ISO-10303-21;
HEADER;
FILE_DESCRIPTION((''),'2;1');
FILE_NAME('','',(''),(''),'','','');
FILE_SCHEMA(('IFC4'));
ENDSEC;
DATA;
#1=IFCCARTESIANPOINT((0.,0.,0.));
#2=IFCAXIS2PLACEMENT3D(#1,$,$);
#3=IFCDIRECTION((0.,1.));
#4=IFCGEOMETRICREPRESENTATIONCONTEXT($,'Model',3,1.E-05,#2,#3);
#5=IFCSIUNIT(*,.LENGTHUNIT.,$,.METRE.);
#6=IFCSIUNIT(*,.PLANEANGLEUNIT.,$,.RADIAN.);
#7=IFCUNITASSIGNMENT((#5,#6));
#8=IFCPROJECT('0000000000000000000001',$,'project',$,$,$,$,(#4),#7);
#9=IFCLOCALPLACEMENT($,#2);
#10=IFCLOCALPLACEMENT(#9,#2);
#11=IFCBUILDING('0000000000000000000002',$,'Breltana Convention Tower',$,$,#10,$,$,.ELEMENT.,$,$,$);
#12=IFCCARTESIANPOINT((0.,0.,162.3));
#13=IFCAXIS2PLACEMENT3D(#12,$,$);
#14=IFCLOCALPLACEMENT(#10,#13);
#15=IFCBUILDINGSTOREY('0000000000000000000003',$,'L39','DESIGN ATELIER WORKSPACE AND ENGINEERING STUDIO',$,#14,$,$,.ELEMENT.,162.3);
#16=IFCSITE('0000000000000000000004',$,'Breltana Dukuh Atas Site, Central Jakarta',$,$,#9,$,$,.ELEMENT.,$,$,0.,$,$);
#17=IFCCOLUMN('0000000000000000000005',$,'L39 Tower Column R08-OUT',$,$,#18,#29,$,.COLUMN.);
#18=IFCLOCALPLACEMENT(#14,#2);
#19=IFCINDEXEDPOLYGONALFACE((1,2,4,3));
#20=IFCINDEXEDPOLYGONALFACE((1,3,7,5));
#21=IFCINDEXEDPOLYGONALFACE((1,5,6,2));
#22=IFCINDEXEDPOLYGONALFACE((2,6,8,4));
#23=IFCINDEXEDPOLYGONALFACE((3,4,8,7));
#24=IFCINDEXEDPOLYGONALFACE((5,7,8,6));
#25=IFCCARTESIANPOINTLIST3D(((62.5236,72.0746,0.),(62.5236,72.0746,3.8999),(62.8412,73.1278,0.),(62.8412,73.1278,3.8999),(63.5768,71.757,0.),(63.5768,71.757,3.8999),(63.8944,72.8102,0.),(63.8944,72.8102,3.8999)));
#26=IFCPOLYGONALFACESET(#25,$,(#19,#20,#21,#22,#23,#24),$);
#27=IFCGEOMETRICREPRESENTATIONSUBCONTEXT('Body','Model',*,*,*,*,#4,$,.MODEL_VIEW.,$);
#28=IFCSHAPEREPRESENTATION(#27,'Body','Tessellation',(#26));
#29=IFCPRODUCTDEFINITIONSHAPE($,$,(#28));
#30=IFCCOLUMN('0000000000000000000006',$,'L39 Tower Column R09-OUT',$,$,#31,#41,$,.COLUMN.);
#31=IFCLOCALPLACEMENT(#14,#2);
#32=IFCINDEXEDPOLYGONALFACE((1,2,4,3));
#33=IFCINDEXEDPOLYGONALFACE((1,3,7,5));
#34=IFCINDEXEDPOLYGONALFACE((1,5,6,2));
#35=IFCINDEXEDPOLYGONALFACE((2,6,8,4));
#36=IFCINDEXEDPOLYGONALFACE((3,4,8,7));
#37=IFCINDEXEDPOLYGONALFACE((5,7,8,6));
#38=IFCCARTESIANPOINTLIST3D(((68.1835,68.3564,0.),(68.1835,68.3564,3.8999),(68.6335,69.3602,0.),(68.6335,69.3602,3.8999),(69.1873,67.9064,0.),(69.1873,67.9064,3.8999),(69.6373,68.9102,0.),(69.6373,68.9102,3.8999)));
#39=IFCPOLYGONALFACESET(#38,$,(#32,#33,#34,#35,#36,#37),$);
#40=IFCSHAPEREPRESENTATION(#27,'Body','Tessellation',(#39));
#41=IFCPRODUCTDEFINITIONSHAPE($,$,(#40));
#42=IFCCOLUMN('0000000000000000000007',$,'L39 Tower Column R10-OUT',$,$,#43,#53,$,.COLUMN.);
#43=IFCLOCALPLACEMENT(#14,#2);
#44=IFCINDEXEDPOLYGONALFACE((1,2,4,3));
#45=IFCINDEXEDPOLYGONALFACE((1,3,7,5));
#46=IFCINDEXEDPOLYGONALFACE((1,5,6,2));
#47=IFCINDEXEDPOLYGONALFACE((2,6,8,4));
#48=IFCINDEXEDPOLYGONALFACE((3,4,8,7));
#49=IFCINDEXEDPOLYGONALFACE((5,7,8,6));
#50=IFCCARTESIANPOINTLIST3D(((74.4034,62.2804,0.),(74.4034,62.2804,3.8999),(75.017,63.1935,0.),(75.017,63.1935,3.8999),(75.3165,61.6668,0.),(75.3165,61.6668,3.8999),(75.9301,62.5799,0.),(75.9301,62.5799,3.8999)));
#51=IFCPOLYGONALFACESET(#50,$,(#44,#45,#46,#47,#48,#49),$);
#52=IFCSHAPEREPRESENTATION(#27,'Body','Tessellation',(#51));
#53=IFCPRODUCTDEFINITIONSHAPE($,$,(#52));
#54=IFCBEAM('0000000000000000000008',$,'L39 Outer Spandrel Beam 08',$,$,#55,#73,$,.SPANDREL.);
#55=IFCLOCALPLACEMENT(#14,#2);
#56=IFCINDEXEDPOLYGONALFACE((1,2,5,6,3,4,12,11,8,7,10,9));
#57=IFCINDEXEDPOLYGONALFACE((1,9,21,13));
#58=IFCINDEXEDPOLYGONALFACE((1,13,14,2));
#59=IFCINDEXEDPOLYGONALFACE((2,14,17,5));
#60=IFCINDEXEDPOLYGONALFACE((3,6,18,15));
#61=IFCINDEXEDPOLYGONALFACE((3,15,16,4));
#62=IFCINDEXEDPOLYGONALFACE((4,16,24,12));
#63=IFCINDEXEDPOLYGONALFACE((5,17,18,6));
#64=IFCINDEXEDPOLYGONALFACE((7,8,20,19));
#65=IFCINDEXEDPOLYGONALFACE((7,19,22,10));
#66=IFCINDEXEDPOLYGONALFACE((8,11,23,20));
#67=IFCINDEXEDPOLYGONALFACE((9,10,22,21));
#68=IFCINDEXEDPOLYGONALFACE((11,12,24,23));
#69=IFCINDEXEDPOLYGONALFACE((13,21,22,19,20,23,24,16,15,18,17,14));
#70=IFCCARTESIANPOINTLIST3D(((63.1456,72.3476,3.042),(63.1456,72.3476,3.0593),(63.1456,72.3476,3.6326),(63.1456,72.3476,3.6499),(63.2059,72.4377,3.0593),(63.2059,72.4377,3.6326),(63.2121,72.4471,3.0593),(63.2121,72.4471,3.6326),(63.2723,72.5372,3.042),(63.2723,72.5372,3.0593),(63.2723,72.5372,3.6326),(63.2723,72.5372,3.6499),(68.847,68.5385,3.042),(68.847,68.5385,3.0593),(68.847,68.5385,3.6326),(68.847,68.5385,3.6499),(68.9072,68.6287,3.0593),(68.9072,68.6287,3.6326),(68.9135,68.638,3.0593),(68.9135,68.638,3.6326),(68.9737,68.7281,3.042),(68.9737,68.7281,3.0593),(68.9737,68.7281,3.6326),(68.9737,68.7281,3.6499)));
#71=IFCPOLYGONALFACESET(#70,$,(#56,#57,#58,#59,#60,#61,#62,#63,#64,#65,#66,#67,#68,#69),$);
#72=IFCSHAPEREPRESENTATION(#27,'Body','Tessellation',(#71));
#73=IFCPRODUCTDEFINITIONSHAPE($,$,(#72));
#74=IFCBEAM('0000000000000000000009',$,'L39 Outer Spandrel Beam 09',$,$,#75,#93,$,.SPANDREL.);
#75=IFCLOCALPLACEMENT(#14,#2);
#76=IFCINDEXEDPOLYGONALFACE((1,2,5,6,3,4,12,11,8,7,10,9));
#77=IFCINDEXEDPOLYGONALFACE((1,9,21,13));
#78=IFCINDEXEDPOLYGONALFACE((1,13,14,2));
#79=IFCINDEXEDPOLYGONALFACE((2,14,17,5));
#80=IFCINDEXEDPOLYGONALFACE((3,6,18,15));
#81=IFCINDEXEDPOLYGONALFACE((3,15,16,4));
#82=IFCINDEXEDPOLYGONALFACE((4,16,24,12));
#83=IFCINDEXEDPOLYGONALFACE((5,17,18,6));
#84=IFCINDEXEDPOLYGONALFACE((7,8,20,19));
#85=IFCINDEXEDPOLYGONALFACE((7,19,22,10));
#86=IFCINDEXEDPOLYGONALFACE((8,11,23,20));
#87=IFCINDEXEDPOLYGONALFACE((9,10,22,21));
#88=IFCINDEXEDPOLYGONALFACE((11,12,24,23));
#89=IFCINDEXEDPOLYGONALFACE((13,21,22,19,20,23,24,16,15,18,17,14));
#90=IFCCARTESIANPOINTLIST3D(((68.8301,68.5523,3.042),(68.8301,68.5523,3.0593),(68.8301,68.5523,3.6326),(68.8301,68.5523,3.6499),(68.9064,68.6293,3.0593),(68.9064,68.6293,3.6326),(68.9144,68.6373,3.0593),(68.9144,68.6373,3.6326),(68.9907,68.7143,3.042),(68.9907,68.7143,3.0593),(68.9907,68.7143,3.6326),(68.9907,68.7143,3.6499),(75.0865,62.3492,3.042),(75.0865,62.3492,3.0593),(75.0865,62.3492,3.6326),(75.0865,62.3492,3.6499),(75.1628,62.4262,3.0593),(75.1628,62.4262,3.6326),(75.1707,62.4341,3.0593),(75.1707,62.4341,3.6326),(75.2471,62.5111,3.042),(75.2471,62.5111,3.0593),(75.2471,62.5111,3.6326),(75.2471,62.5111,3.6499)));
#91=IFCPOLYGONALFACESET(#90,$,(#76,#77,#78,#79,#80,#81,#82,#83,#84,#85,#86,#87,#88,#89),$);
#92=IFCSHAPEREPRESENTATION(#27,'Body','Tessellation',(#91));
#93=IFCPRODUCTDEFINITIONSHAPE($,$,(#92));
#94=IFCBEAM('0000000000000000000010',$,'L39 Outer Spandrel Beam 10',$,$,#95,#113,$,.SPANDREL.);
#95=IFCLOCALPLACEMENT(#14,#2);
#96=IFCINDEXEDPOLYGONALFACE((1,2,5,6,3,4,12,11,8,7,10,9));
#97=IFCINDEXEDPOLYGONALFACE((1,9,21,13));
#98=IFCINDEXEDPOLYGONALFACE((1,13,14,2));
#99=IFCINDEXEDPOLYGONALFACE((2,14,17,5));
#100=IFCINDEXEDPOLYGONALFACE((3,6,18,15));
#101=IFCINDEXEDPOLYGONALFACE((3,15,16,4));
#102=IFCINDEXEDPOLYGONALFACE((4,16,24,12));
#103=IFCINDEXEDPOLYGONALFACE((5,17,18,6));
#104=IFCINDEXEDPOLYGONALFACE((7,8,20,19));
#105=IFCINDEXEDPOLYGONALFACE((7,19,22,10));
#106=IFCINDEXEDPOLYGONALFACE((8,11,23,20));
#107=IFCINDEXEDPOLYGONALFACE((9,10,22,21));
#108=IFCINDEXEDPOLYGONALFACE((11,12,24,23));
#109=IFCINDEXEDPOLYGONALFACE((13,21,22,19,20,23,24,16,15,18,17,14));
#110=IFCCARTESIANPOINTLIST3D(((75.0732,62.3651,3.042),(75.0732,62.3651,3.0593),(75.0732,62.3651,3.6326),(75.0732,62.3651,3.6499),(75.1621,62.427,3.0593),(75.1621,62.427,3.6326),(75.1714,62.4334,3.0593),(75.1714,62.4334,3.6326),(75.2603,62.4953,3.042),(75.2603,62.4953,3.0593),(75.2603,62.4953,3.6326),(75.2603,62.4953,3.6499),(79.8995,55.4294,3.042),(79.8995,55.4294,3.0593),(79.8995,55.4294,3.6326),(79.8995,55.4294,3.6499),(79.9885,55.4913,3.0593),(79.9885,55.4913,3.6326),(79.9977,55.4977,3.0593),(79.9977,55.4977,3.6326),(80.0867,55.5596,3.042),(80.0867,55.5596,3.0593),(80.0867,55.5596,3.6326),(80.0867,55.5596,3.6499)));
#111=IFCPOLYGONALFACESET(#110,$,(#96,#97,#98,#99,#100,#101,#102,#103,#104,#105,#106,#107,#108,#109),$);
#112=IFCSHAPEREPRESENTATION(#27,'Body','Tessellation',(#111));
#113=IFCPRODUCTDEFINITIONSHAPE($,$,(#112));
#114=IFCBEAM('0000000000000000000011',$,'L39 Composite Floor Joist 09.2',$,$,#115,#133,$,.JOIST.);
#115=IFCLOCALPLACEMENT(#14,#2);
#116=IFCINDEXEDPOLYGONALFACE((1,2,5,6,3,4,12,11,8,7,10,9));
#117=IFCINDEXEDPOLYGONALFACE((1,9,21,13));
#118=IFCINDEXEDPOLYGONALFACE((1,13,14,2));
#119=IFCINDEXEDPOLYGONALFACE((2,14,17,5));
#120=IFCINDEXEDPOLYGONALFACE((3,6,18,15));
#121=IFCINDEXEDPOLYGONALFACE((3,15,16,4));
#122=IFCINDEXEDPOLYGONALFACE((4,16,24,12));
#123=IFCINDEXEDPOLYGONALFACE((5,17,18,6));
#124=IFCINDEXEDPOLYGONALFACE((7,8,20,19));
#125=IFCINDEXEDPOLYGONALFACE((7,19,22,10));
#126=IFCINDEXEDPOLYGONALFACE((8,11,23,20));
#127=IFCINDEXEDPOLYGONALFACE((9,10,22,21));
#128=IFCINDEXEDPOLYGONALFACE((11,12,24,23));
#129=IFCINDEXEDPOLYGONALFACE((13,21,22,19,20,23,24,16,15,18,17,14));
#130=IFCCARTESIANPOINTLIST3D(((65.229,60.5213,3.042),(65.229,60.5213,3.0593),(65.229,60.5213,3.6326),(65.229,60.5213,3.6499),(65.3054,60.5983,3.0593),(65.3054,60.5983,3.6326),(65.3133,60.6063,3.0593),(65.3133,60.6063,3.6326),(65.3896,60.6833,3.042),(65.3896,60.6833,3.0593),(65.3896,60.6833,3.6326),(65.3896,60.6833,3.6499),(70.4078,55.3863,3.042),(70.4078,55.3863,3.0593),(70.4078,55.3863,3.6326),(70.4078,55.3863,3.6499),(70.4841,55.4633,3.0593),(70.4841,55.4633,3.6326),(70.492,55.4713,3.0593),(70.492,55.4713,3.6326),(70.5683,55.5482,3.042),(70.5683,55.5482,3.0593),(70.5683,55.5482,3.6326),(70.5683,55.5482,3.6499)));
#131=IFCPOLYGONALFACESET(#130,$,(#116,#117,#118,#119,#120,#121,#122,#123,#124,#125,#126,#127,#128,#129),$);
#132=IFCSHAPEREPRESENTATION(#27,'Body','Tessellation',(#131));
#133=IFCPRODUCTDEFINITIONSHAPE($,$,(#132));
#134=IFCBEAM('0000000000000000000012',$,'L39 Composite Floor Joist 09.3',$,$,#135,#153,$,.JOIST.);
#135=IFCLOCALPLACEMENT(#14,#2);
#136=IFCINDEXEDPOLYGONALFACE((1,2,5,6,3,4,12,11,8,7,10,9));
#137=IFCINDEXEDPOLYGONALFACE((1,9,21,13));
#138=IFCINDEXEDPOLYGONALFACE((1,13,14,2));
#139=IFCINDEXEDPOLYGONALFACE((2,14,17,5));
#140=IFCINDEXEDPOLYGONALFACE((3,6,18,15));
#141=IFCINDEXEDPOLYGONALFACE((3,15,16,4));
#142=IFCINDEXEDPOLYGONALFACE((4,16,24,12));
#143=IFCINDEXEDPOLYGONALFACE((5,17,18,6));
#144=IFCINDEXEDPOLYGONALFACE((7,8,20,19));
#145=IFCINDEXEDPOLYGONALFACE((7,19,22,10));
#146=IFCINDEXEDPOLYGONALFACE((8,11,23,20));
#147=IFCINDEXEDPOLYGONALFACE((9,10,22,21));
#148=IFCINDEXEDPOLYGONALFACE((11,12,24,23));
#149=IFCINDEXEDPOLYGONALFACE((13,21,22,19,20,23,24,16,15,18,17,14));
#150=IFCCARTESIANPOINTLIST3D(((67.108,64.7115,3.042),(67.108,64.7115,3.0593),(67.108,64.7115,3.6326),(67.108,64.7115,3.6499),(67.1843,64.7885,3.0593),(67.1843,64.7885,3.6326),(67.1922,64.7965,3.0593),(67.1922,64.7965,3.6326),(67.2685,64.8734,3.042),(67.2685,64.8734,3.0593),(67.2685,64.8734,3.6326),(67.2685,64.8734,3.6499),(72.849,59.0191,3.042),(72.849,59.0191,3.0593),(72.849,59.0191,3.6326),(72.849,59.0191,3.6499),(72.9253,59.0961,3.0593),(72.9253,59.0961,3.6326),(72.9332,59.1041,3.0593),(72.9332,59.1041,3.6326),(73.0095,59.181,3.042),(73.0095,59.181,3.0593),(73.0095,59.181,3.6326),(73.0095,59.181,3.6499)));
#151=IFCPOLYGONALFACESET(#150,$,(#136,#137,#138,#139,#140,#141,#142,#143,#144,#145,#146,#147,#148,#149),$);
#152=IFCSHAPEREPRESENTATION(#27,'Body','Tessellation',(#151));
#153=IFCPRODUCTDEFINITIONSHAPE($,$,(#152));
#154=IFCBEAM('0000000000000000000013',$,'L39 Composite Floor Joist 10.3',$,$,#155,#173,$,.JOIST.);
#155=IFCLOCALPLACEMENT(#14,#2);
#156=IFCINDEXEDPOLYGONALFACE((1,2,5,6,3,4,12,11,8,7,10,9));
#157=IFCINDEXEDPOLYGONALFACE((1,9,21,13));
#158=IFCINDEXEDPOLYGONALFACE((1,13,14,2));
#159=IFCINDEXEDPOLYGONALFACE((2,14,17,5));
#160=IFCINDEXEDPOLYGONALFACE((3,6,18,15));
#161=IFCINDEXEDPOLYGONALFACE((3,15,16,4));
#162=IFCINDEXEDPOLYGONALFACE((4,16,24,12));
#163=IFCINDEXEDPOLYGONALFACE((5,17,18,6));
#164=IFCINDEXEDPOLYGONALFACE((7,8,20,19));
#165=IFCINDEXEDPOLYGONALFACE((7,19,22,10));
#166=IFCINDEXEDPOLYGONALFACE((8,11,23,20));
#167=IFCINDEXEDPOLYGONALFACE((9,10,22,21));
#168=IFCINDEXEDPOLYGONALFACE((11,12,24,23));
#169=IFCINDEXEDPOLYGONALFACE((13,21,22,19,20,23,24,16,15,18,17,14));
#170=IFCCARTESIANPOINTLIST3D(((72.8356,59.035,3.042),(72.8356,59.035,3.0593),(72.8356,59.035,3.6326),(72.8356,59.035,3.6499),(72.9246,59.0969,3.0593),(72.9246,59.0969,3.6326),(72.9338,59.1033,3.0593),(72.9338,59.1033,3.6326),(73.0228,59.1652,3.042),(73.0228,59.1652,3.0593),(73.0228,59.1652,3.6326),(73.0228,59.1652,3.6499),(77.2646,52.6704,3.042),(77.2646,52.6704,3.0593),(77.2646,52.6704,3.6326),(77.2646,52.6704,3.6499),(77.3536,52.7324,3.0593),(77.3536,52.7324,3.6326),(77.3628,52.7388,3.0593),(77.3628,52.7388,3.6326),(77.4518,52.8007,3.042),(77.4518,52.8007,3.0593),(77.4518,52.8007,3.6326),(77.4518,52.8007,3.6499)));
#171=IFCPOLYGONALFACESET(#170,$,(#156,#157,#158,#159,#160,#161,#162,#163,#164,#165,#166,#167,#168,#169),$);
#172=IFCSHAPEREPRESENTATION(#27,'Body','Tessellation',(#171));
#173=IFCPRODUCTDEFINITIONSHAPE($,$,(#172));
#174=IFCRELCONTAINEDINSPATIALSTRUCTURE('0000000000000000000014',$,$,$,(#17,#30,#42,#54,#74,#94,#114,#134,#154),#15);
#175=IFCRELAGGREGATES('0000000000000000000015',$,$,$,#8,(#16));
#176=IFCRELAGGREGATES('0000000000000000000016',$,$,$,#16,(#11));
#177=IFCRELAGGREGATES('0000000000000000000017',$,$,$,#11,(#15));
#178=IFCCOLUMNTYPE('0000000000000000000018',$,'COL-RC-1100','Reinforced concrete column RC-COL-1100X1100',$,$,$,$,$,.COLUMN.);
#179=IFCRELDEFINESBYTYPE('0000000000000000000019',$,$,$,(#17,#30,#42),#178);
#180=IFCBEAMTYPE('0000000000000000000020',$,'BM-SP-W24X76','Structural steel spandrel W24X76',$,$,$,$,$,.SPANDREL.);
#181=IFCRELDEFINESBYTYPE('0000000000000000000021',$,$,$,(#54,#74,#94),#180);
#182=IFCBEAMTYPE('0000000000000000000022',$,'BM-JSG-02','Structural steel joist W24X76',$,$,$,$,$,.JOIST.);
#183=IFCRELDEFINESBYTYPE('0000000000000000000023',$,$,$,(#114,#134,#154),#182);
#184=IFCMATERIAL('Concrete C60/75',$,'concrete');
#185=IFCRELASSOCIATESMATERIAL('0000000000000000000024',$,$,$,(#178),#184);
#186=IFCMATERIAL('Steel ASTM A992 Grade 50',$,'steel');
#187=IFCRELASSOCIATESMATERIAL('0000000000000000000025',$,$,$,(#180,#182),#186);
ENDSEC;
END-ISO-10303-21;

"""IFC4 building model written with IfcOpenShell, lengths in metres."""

from ifc_helpers import new_model, si_unit, direction, frame, origin, origin_2d, place, context, subcontext, project, spatial, rectangle, i_section, extrude, source, transform, mapped, material, material_profile, profile_set, type_object, element, save


model = new_model("IFC4")

# Units and contexts
model_context = context("Model", 3, precision=1e-05, world=origin(), true_north=direction((0.0, 1.0)))
body_context = subcontext(model_context, "Body", "Model", "MODEL_VIEW")
ifc_project = project(units=[si_unit("LENGTHUNIT", "METRE"), si_unit("PLANEANGLEUNIT", "RADIAN")], contexts=[model_context])

# Site, building, storey
site_placement = place(None, origin())
site = spatial("IfcSite", under=ifc_project, at=site_placement, Name="Breltana Dukuh Atas Site, Central Jakarta", CompositionType="ELEMENT", RefElevation=0.0)
building_placement = place(site_placement, origin())
building = spatial("IfcBuilding", under=site, at=building_placement, Name="Breltana Convention Tower", CompositionType="ELEMENT")
storey_placement = place(building_placement, frame((0.0, 0.0, 162.3)))
storey = spatial("IfcBuildingStorey", under=building, at=storey_placement, Name="L39", Description="DESIGN ATELIER WORKSPACE AND ENGINEERING STUDIO", CompositionType="ELEMENT", Elevation=162.3)

# Columns
ifc_material_1 = material(Name="Concrete C60/75", Category="concrete")
ifc_material_profile_1 = material_profile(ifc_material_1, rectangle(XDim=1.1001, YDim=1.1001, at=origin_2d()), Name="RC-COL-1100X1100")
ifc_profile_set_1 = profile_set([ifc_material_profile_1], Name="Concrete C60/75")
column_type = type_object("IfcColumnType", Name="COL-RC-1100", Description="Reinforced concrete column RC-COL-1100X1100", PredefinedType="COLUMN", material=ifc_profile_set_1)
shared_shape_1 = source(origin(), body_context, "Body", "SweptSolid", [
    extrude(rectangle(XDim=1.1001, YDim=1.1001, at=origin_2d()), origin(), (0.0, 0.0, 1.0), 3.8999),
])
for number, where, z_axis, x_axis, name in (
    (1, (63.209, 72.4424, 0.0), (0.0, 0.0, 1.0), (0.288698, 0.95742, 0.0), "L39 Tower Column R08-OUT"),
    (2, (68.9104, 68.6333, 0.0), (0.0, 0.0, 1.0), (0.409127, 0.912477, 0.0), "L39 Tower Column R09-OUT"),
    (3, (75.1667, 62.4302, 0.0), (0.0, 0.0, 1.0), (0.557745, 0.830012, 0.0), "L39 Tower Column R10-OUT"),
):
    element("IfcColumn", number, at=place(storey_placement, frame(where, z_axis=z_axis, x_axis=x_axis)), inside=storey, type_object=column_type, Name=name, PredefinedType="COLUMN", context=body_context, shape_type="MappedRepresentation", body=[
        mapped(shared_shape_1, transform((0.0, 0.0, 0.0), scale=1.0)),
    ])

# Beams
ifc_material_2 = material(Name="Steel ASTM A992 Grade 50", Category="steel")
ifc_material_profile_2 = material_profile(ifc_material_2, i_section(OverallWidth=0.228, OverallDepth=0.6079, WebThickness=0.0112, FlangeThickness=0.0173, at=origin_2d()), Name="W24X76")
ifc_profile_set_2 = profile_set([ifc_material_profile_2], Name="Steel ASTM A992 Grade 50")
beam_type_1 = type_object("IfcBeamType", Name="BM-SP-W24X76", Description="Structural steel spandrel W24X76", PredefinedType="SPANDREL", material=ifc_profile_set_2)
shared_shape_2 = source(origin(), body_context, "Body", "SweptSolid", [
    extrude(i_section(OverallWidth=0.228, OverallDepth=0.6079, WebThickness=0.0112, FlangeThickness=0.0173, at=origin_2d()), origin(), (0.0, 0.0, 1.0), 6.8567),
])
beam_1_placement = place(storey_placement, frame((63.209, 72.4424, 3.3459), z_axis=(0.831502, -0.555522, 0.0), x_axis=(0.555522, 0.831502, 0.0)))
element("IfcBeam", 4, at=beam_1_placement, inside=storey, type_object=beam_type_1, Name="L39 Outer Spandrel Beam 08", PredefinedType="SPANDREL", context=body_context, shape_type="MappedRepresentation", body=[
    mapped(shared_shape_2, transform((0.0, 0.0, 0.0), scale=1.0)),
])
shared_shape_3 = source(origin(), body_context, "Body", "SweptSolid", [
    extrude(i_section(OverallWidth=0.228, OverallDepth=0.6079, WebThickness=0.0112, FlangeThickness=0.0173, at=origin_2d()), origin(), (0.0, 0.0, 1.0), 8.8103),
])
beam_2_placement = place(storey_placement, frame((68.9104, 68.6333, 3.3459), z_axis=(0.710121, -0.70408, 0.0), x_axis=(0.70408, 0.710121, 0.0)))
element("IfcBeam", 5, at=beam_2_placement, inside=storey, type_object=beam_type_1, Name="L39 Outer Spandrel Beam 09", PredefinedType="SPANDREL", context=body_context, shape_type="MappedRepresentation", body=[
    mapped(shared_shape_3, transform((0.0, 0.0, 0.0), scale=1.0)),
])
shared_shape_4 = source(origin(), body_context, "Body", "SweptSolid", [
    extrude(i_section(OverallWidth=0.228, OverallDepth=0.6079, WebThickness=0.0112, FlangeThickness=0.0173, at=origin_2d()), origin(), (0.0, 0.0, 1.0), 8.4497),
])
beam_3_placement = place(storey_placement, frame((75.1667, 62.4302, 3.3459), z_axis=(0.571186, -0.820821, 0.0), x_axis=(0.820821, 0.571186, 0.0)))
element("IfcBeam", 6, at=beam_3_placement, inside=storey, type_object=beam_type_1, Name="L39 Outer Spandrel Beam 10", PredefinedType="SPANDREL", context=body_context, shape_type="MappedRepresentation", body=[
    mapped(shared_shape_4, transform((0.0, 0.0, 0.0), scale=1.0)),
])
ifc_material_profile_3 = material_profile(ifc_material_2, i_section(OverallWidth=0.228, OverallDepth=0.6079, WebThickness=0.0112, FlangeThickness=0.0173, at=origin_2d()), Name="W24X76")
ifc_profile_set_3 = profile_set([ifc_material_profile_3], Name="Steel ASTM A992 Grade 50")
beam_type_2 = type_object("IfcBeamType", Name="BM-JSG-02", Description="Structural steel joist W24X76", PredefinedType="JOIST", material=ifc_profile_set_3)
shared_shape_5 = source(origin(), body_context, "Body", "SweptSolid", [
    extrude(i_section(OverallWidth=0.228, OverallDepth=0.6079, WebThickness=0.0112, FlangeThickness=0.0173, at=origin_2d()), origin(), (0.0, 0.0, 1.0), 7.293),
])
beam_4_placement = place(storey_placement, frame((65.3093, 60.6023, 3.3459), z_axis=(0.710097, -0.704104, 0.0), x_axis=(0.704104, 0.710097, 0.0)))
element("IfcBeam", 7, at=beam_4_placement, inside=storey, type_object=beam_type_2, Name="L39 Composite Floor Joist 09.2", PredefinedType="JOIST", context=body_context, shape_type="MappedRepresentation", body=[
    mapped(shared_shape_5, transform((0.0, 0.0, 0.0), scale=1.0)),
])
shared_shape_6 = source(origin(), body_context, "Body", "SweptSolid", [
    extrude(i_section(OverallWidth=0.228, OverallDepth=0.6079, WebThickness=0.0112, FlangeThickness=0.0173, at=origin_2d()), origin(), (0.0, 0.0, 1.0), 8.0847),
])
beam_5_placement = place(storey_placement, frame((67.1882, 64.7925, 3.3459), z_axis=(0.710105, -0.704096, 0.0), x_axis=(0.704096, 0.710105, 0.0)))
element("IfcBeam", 8, at=beam_5_placement, inside=storey, type_object=beam_type_2, Name="L39 Composite Floor Joist 09.3", PredefinedType="JOIST", context=body_context, shape_type="MappedRepresentation", body=[
    mapped(shared_shape_6, transform((0.0, 0.0, 0.0), scale=1.0)),
])
shared_shape_7 = source(origin(), body_context, "Body", "SweptSolid", [
    extrude(i_section(OverallWidth=0.228, OverallDepth=0.6079, WebThickness=0.0112, FlangeThickness=0.0173, at=origin_2d()), origin(), (0.0, 0.0, 1.0), 7.7539),
])
beam_6_placement = place(storey_placement, frame((72.9292, 59.1001, 3.3459), z_axis=(0.571193, -0.820816, 0.0), x_axis=(0.820816, 0.571193, 0.0)))
element("IfcBeam", 9, at=beam_6_placement, inside=storey, type_object=beam_type_2, Name="L39 Composite Floor Joist 10.3", PredefinedType="JOIST", context=body_context, shape_type="MappedRepresentation", body=[
    mapped(shared_shape_7, transform((0.0, 0.0, 0.0), scale=1.0)),
])

save(model, "model.ifc")
